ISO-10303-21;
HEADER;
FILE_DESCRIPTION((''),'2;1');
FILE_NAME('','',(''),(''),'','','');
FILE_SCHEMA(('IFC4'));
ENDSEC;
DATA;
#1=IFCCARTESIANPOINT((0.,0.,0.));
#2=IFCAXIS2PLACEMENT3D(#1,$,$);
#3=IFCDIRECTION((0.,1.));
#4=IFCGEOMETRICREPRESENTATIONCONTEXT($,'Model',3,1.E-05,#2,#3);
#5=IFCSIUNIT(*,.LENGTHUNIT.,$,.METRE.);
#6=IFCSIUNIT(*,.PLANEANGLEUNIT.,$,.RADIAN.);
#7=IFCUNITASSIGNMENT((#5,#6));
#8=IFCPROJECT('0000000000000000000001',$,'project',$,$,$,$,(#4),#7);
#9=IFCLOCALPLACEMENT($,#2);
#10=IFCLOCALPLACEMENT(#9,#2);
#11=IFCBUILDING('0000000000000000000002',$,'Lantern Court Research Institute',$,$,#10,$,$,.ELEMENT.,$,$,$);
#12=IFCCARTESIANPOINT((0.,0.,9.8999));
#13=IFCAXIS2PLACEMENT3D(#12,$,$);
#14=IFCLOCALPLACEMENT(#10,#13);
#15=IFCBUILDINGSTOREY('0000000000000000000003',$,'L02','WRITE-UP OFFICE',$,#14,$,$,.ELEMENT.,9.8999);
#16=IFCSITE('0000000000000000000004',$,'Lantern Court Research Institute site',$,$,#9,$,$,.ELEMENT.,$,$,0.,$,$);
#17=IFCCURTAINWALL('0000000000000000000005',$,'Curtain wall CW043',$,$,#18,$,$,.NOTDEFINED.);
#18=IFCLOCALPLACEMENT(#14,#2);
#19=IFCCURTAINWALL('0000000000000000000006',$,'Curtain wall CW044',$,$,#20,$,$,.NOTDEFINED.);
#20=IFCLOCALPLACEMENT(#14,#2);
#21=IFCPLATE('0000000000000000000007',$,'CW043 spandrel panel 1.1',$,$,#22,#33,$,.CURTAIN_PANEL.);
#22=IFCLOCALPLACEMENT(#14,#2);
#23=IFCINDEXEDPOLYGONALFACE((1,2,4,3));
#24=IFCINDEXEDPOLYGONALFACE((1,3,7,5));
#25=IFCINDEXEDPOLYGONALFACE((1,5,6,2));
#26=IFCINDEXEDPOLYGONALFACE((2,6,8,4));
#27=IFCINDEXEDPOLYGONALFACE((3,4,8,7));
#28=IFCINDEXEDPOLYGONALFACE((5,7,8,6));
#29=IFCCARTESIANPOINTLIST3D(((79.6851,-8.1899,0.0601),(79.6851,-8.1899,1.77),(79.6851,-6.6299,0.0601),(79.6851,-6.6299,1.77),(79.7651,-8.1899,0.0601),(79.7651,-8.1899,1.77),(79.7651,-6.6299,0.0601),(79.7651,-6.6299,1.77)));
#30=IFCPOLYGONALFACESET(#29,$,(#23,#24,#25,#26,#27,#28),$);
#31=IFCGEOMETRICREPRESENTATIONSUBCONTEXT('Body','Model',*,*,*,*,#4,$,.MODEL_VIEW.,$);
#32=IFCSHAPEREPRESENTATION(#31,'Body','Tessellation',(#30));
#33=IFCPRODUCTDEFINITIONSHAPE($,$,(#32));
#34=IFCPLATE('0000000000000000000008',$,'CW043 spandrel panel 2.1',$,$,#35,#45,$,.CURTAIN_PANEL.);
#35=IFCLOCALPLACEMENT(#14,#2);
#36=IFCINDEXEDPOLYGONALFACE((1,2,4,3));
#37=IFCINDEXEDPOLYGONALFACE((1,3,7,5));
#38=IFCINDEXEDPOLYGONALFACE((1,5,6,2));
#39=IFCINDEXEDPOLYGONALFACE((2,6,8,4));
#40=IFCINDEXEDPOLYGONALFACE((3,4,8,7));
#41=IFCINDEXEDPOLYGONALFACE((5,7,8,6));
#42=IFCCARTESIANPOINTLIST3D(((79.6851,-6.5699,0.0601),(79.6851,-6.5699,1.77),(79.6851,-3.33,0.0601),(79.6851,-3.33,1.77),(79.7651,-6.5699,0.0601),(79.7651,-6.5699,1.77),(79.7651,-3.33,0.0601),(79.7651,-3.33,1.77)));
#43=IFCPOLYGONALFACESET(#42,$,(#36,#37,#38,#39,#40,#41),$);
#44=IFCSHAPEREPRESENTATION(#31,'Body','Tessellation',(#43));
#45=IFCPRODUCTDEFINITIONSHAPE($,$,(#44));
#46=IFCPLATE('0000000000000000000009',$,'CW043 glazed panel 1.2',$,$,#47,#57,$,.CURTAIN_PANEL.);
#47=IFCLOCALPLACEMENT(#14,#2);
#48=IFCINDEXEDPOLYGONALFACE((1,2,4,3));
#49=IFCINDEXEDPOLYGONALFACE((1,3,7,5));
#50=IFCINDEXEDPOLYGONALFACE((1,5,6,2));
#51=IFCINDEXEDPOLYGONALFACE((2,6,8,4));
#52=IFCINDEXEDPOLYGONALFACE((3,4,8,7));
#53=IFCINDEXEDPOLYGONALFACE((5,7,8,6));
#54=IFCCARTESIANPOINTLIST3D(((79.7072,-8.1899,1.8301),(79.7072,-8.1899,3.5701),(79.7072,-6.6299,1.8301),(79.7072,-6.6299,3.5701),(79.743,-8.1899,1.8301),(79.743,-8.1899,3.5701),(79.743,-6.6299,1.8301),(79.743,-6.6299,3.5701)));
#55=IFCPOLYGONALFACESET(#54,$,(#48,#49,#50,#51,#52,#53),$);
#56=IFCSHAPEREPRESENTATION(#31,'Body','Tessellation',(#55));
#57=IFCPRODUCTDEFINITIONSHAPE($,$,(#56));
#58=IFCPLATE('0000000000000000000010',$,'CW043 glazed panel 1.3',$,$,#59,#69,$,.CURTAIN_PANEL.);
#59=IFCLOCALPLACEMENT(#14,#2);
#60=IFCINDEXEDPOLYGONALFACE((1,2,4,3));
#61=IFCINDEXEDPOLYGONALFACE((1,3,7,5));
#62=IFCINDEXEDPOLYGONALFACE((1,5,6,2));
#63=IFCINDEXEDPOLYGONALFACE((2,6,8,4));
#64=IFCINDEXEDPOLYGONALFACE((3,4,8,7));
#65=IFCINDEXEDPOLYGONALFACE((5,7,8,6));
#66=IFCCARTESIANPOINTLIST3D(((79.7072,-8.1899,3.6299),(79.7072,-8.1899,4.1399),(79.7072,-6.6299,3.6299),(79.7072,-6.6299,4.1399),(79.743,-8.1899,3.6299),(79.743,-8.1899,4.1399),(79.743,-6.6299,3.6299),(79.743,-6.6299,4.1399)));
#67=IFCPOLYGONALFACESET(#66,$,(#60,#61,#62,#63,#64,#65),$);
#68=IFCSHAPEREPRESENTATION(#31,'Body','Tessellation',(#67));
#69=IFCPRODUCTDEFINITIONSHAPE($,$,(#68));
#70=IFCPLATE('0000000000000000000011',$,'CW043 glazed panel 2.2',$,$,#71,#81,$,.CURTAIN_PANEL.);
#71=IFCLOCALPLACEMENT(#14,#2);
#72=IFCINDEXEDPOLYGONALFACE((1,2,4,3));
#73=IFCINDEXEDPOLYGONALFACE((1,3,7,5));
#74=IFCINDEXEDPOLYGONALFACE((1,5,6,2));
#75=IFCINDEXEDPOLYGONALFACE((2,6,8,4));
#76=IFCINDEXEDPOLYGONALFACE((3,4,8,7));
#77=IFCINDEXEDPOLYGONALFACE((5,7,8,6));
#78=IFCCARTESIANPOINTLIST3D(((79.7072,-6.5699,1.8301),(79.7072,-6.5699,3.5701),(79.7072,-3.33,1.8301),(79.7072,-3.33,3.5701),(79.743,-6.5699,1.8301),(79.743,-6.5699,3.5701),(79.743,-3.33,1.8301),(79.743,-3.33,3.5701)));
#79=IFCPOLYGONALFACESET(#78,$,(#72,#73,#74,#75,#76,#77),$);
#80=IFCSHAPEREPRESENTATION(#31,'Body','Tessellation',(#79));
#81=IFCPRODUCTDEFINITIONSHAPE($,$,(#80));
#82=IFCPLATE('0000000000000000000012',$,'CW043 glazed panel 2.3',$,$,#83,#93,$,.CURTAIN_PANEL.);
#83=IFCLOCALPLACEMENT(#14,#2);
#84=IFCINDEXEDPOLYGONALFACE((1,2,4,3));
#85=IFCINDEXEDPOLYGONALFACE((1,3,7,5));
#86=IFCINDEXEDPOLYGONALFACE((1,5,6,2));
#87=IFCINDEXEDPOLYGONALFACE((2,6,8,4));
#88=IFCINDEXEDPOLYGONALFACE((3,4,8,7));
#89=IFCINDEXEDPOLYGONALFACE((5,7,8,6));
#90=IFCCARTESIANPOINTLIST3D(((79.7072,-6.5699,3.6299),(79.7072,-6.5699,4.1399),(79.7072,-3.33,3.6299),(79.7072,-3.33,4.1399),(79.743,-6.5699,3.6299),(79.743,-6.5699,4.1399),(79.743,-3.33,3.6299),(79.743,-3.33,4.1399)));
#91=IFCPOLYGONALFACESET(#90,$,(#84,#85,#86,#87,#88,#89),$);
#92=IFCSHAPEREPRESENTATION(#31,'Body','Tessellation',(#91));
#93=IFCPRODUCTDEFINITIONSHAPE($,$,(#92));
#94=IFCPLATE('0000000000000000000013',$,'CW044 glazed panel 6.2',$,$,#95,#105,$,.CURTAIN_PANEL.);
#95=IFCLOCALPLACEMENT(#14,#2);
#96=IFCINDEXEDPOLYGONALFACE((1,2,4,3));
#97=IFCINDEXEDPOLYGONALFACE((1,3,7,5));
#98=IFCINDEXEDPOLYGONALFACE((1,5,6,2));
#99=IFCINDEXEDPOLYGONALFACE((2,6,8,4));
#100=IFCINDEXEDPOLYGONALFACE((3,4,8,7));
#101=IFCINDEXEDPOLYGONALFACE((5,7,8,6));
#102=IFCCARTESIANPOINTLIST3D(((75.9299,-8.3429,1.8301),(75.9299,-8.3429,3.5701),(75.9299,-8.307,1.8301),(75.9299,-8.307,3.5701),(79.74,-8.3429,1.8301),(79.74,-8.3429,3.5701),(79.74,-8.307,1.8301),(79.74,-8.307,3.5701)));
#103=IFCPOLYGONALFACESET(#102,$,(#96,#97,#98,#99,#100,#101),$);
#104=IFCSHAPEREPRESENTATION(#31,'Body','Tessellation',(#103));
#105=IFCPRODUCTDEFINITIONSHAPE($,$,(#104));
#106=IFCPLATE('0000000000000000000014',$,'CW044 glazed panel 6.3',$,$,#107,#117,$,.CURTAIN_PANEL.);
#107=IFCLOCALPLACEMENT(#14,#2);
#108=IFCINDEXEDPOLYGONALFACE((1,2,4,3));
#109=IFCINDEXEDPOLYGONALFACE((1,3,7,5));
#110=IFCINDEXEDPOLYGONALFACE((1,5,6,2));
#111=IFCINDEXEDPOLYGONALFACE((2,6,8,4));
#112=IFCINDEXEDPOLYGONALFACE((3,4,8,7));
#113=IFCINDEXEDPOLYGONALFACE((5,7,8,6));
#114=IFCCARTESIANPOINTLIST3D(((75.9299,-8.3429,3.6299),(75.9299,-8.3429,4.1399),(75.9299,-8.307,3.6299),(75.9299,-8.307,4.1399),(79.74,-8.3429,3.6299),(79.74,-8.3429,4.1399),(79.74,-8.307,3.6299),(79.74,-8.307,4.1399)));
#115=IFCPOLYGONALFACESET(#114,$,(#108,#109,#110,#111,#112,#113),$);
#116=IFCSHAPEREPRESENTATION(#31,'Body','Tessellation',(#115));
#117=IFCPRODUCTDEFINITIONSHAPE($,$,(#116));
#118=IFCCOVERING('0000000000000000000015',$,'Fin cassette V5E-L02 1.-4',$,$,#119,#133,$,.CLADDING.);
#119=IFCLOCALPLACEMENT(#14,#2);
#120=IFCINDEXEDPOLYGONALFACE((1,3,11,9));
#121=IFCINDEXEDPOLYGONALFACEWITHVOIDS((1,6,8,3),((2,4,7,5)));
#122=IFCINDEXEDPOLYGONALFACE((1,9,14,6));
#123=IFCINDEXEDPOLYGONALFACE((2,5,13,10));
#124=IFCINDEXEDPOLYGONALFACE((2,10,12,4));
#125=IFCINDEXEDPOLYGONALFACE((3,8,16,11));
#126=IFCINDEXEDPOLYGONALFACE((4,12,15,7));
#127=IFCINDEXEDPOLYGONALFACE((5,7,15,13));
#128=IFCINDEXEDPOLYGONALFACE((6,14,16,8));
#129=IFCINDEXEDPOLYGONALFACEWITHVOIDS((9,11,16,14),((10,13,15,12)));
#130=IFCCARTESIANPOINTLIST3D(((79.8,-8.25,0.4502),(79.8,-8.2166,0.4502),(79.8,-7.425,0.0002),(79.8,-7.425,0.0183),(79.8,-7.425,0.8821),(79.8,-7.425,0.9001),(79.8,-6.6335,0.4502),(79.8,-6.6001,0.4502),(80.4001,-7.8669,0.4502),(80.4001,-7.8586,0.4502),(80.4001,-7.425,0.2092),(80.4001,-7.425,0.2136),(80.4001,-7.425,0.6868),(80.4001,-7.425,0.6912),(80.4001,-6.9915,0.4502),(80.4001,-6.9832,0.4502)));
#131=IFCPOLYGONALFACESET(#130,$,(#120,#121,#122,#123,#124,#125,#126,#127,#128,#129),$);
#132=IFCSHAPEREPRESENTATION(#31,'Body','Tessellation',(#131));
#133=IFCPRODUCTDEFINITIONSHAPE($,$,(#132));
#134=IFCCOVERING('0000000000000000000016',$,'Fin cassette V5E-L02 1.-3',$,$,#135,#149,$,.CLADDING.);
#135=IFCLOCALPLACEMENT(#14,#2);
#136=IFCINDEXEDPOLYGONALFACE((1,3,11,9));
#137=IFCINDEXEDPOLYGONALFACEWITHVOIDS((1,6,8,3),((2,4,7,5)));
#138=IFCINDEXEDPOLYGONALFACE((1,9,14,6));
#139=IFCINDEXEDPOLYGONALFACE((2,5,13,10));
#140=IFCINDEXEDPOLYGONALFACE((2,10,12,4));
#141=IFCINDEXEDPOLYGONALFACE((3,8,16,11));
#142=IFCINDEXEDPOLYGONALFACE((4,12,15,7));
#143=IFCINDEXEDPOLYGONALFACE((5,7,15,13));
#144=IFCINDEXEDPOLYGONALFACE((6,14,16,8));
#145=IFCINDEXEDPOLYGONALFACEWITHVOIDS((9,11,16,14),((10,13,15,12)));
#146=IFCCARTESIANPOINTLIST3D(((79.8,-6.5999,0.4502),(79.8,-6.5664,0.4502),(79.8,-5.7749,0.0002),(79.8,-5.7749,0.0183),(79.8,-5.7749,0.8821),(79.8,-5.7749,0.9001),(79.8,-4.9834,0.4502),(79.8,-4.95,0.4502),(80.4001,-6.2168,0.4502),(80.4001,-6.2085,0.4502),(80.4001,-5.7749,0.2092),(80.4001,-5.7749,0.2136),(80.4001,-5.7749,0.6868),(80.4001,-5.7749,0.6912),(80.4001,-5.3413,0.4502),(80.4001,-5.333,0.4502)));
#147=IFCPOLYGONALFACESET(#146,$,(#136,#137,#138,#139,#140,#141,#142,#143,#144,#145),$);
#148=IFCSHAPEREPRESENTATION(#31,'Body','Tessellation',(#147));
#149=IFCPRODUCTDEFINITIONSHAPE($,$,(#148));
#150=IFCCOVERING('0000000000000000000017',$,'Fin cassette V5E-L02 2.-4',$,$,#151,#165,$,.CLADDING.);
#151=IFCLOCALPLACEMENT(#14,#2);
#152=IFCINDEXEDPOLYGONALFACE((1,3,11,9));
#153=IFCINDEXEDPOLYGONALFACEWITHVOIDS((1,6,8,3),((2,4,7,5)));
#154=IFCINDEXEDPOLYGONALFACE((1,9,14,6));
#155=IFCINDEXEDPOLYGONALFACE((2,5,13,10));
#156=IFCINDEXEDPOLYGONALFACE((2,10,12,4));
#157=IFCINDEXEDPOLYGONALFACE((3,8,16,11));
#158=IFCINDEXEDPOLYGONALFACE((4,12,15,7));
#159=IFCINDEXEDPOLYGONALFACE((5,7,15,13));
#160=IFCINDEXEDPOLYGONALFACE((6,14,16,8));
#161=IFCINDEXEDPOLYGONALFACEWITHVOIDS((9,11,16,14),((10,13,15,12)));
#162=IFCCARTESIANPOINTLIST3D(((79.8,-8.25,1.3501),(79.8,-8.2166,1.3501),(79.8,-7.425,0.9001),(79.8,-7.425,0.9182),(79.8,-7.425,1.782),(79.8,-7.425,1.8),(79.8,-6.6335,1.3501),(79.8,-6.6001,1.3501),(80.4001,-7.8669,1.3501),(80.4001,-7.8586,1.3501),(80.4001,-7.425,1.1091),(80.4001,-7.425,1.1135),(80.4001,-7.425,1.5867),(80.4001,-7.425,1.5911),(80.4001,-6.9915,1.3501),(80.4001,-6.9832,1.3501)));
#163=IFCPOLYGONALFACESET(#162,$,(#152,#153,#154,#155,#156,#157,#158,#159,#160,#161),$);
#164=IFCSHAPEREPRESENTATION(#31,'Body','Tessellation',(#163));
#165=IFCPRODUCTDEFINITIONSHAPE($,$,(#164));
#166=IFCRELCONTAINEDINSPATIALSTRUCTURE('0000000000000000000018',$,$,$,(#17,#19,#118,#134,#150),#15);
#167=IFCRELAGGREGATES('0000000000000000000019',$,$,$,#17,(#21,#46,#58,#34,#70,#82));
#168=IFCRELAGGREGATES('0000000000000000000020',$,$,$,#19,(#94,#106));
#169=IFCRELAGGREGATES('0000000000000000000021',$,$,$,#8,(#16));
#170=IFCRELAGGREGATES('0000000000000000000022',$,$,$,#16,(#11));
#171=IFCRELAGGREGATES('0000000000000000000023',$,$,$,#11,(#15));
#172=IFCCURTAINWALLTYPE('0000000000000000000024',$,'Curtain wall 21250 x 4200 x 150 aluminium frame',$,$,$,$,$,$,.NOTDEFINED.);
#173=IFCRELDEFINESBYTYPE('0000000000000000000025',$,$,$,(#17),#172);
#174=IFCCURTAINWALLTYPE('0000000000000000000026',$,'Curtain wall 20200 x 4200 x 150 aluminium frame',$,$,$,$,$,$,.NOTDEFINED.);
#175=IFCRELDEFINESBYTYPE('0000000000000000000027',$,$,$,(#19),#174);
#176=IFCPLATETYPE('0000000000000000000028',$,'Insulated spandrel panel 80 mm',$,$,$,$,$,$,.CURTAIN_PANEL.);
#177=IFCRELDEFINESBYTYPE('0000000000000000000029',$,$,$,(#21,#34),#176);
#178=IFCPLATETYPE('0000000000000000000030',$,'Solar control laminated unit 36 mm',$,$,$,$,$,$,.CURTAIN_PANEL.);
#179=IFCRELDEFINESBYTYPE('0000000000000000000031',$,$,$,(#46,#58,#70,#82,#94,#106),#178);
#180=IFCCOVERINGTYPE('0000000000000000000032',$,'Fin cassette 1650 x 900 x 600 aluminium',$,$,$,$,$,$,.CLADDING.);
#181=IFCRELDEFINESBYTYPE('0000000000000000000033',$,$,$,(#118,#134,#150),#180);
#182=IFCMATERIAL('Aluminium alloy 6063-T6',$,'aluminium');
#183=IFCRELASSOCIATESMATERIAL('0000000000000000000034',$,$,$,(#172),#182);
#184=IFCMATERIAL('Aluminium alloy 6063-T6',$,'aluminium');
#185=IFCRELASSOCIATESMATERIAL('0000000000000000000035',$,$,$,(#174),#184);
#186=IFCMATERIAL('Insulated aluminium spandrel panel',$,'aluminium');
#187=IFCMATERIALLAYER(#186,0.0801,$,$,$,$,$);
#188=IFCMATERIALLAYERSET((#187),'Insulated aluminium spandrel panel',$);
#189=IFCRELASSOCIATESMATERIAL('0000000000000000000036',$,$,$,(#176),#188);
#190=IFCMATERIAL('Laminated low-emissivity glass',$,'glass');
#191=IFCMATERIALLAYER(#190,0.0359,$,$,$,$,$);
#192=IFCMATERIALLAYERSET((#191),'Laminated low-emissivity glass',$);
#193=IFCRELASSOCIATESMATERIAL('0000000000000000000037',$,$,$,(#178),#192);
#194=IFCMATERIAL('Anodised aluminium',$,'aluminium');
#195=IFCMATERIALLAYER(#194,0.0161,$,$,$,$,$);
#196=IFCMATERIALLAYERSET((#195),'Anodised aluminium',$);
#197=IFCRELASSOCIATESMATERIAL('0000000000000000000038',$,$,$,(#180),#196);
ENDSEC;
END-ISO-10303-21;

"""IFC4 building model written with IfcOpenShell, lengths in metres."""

from ifc_helpers import new_model, entity, si_unit, direction, frame, origin, origin_2d, place, context, subcontext, project, spatial, rectangle, extrude, material, layer, layer_set, type_object, element, aggregate, save


model = new_model("IFC4")

# Units and contexts
model_context = context("Model", 3, precision=1e-05, world=origin(), true_north=direction((0.0, 1.0)))
body_context = subcontext(model_context, "Body", "Model", "MODEL_VIEW")
ifc_project = project(units=[si_unit("LENGTHUNIT", "METRE"), si_unit("PLANEANGLEUNIT", "RADIAN")], contexts=[model_context])

# Site, building, storey
site_placement = place(None, origin())
site = spatial("IfcSite", under=ifc_project, at=site_placement, Name="Lantern Court Research Institute site", CompositionType="ELEMENT", RefElevation=0.0)
building_placement = place(site_placement, origin())
building = spatial("IfcBuilding", under=site, at=building_placement, Name="Lantern Court Research Institute", CompositionType="ELEMENT")
storey_placement = place(building_placement, frame((0.0, 0.0, 9.8999)))
storey = spatial("IfcBuildingStorey", under=building, at=storey_placement, Name="L02", Description="WRITE-UP OFFICE", CompositionType="ELEMENT", Elevation=9.8999)

# Curtain wall
ifc_material_1 = material(Name="Aluminium alloy 6063-T6", Category="aluminium")
curtain_wall_type_1 = type_object("IfcCurtainWallType", Name="Curtain wall 21250 x 4200 x 150 aluminium frame", PredefinedType="NOTDEFINED", material=ifc_material_1)
curtain_wall_1_placement = place(storey_placement, origin())
curtain_wall_1 = element("IfcCurtainWall", 1, at=curtain_wall_1_placement, inside=storey, type_object=curtain_wall_type_1, Name="Curtain wall CW043", PredefinedType="NOTDEFINED")

# Curtain wall
ifc_material_2 = material(Name="Aluminium alloy 6063-T6", Category="aluminium")
curtain_wall_type_2 = type_object("IfcCurtainWallType", Name="Curtain wall 20200 x 4200 x 150 aluminium frame", PredefinedType="NOTDEFINED", material=ifc_material_2)
curtain_wall_2_placement = place(storey_placement, origin())
curtain_wall_2 = element("IfcCurtainWall", 2, at=curtain_wall_2_placement, inside=storey, type_object=curtain_wall_type_2, Name="Curtain wall CW044", PredefinedType="NOTDEFINED")

# Plates
ifc_material_3 = material(Name="Insulated aluminium spandrel panel", Category="aluminium")
ifc_layer_1 = layer(ifc_material_3, 0.0801)
ifc_layer_set_1 = layer_set([ifc_layer_1], Name="Insulated aluminium spandrel panel")
plate_type_1 = type_object("IfcPlateType", Name="Insulated spandrel panel 80 mm", PredefinedType="CURTAIN_PANEL", material=ifc_layer_set_1)
plate_1_placement = place(storey_placement, frame((79.7251, -7.4099, 0.0601), z_axis=(0.0, 0.0, 1.0), x_axis=(0.0, -1.0, 0.0)))
plate_1 = element("IfcPlate", 3, at=plate_1_placement, type_object=plate_type_1, Name="CW043 spandrel panel 1.1", PredefinedType="CURTAIN_PANEL", context=body_context, shape_type="SweptSolid", body=[
    extrude(rectangle(XDim=1.5601, YDim=0.0801, at=origin_2d()), origin(), (0.0, 0.0, 1.0), 1.71),
])
plate_2_placement = place(storey_placement, frame((79.7251, -4.95, 0.0601), z_axis=(0.0, 0.0, 1.0), x_axis=(0.0, -1.0, 0.0)))
plate_2 = element("IfcPlate", 4, at=plate_2_placement, type_object=plate_type_1, Name="CW043 spandrel panel 2.1", PredefinedType="CURTAIN_PANEL", context=body_context, shape_type="SweptSolid", body=[
    extrude(rectangle(XDim=3.24, YDim=0.0801, at=origin_2d()), origin(), (0.0, 0.0, 1.0), 1.71),
])
ifc_material_4 = material(Name="Laminated low-emissivity glass", Category="glass")
ifc_layer_2 = layer(ifc_material_4, 0.0359)
ifc_layer_set_2 = layer_set([ifc_layer_2], Name="Laminated low-emissivity glass")
plate_type_2 = type_object("IfcPlateType", Name="Solar control laminated unit 36 mm", PredefinedType="CURTAIN_PANEL", material=ifc_layer_set_2)
plate_3_placement = place(storey_placement, frame((79.7251, -7.4099, 1.8301), z_axis=(0.0, 0.0, 1.0), x_axis=(0.0, -1.0, 0.0)))
plate_3 = element("IfcPlate", 5, at=plate_3_placement, type_object=plate_type_2, Name="CW043 glazed panel 1.2", PredefinedType="CURTAIN_PANEL", context=body_context, shape_type="SweptSolid", body=[
    extrude(rectangle(XDim=1.5601, YDim=0.0359, at=origin_2d()), origin(), (0.0, 0.0, 1.0), 1.74),
])
plate_4_placement = place(storey_placement, frame((79.7251, -7.4099, 3.6299), z_axis=(0.0, 0.0, 1.0), x_axis=(0.0, -1.0, 0.0)))
plate_4 = element("IfcPlate", 6, at=plate_4_placement, type_object=plate_type_2, Name="CW043 glazed panel 1.3", PredefinedType="CURTAIN_PANEL", context=body_context, shape_type="SweptSolid", body=[
    extrude(rectangle(XDim=1.5601, YDim=0.0359, at=origin_2d()), origin(), (0.0, 0.0, 1.0), 0.51),
])
plate_5_placement = place(storey_placement, frame((79.7251, -4.95, 1.8301), z_axis=(0.0, 0.0, 1.0), x_axis=(0.0, -1.0, 0.0)))
plate_5 = element("IfcPlate", 7, at=plate_5_placement, type_object=plate_type_2, Name="CW043 glazed panel 2.2", PredefinedType="CURTAIN_PANEL", context=body_context, shape_type="SweptSolid", body=[
    extrude(rectangle(XDim=3.24, YDim=0.0359, at=origin_2d()), origin(), (0.0, 0.0, 1.0), 1.74),
])
plate_6_placement = place(storey_placement, frame((79.7251, -4.95, 3.6299), z_axis=(0.0, 0.0, 1.0), x_axis=(0.0, -1.0, 0.0)))
plate_6 = element("IfcPlate", 8, at=plate_6_placement, type_object=plate_type_2, Name="CW043 glazed panel 2.3", PredefinedType="CURTAIN_PANEL", context=body_context, shape_type="SweptSolid", body=[
    extrude(rectangle(XDim=3.24, YDim=0.0359, at=origin_2d()), origin(), (0.0, 0.0, 1.0), 0.51),
])
aggregate(curtain_wall_1, [plate_1, plate_3, plate_4, plate_2, plate_5, plate_6])
plate_7_placement = place(storey_placement, frame((77.835, -8.325, 1.8301), z_axis=(0.0, 0.0, 1.0), x_axis=(-1.0, 0.0, 0.0)))
plate_7 = element("IfcPlate", 9, at=plate_7_placement, type_object=plate_type_2, Name="CW044 glazed panel 6.2", PredefinedType="CURTAIN_PANEL", context=body_context, shape_type="SweptSolid", body=[
    extrude(rectangle(XDim=3.8101, YDim=0.0359, at=origin_2d()), origin(), (0.0, 0.0, 1.0), 1.74),
])
plate_8_placement = place(storey_placement, frame((77.835, -8.325, 3.6299), z_axis=(0.0, 0.0, 1.0), x_axis=(-1.0, 0.0, 0.0)))
plate_8 = element("IfcPlate", 10, at=plate_8_placement, type_object=plate_type_2, Name="CW044 glazed panel 6.3", PredefinedType="CURTAIN_PANEL", context=body_context, shape_type="SweptSolid", body=[
    extrude(rectangle(XDim=3.8101, YDim=0.0359, at=origin_2d()), origin(), (0.0, 0.0, 1.0), 0.51),
])
aggregate(curtain_wall_2, [plate_7, plate_8])

# Coverings
ifc_material_5 = material(Name="Anodised aluminium", Category="aluminium")
ifc_layer_3 = layer(ifc_material_5, 0.0161)
ifc_layer_set_3 = layer_set([ifc_layer_3], Name="Anodised aluminium")
covering_type = type_object("IfcCoveringType", Name="Fin cassette 1650 x 900 x 600 aluminium", PredefinedType="CLADDING", material=ifc_layer_set_3)
covering_1_placement = place(storey_placement, frame((79.8, -7.425, 0.4502), z_axis=(1.0, 0.0, 0.0), x_axis=(0.0, 1.0, 0.0)))
cartesian_point_1 = entity("IfcCartesianPoint", [0.825, 0.0])
cartesian_point_2 = entity("IfcCartesianPoint", [0.7915, 0.0])
cartesian_point_3 = entity("IfcCartesianPoint", [0.4419, 0.0])
cartesian_point_4 = entity("IfcCartesianPoint", [0.4336, 0.0])
element("IfcCovering", 11, at=covering_1_placement, inside=storey, type_object=covering_type, Name="Fin cassette V5E-L02 1.-4", PredefinedType="CLADDING", context=body_context, shape_type="SweptSolid", body=[
    entity("IfcExtrudedAreaSolidTapered", entity("IfcArbitraryProfileDefWithVoids", "AREA", None, entity("IfcPolyline", [cartesian_point_1, entity("IfcCartesianPoint", [0.0, 0.45]), entity("IfcCartesianPoint", [-0.825, 0.0]), entity("IfcCartesianPoint", [0.0, -0.45]), cartesian_point_1]), [entity("IfcPolyline", [cartesian_point_2, entity("IfcCartesianPoint", [0.0, 0.4319]), entity("IfcCartesianPoint", [-0.7915, 0.0]), entity("IfcCartesianPoint", [0.0, -0.4319]), cartesian_point_2])]), entity("IfcAxis2Placement3D", entity("IfcCartesianPoint", [0.0, 0.0, 0.0])), entity("IfcDirection", [0.0, 0.0, 1.0]), 0.6001, entity("IfcArbitraryProfileDefWithVoids", "AREA", None, entity("IfcPolyline", [cartesian_point_3, entity("IfcCartesianPoint", [0.0, 0.241]), entity("IfcCartesianPoint", [-0.4419, 0.0]), entity("IfcCartesianPoint", [0.0, -0.241]), cartesian_point_3]), [entity("IfcPolyline", [cartesian_point_4, entity("IfcCartesianPoint", [0.0, 0.2366]), entity("IfcCartesianPoint", [-0.4336, 0.0]), entity("IfcCartesianPoint", [0.0, -0.2366]), cartesian_point_4])])),
])
covering_2_placement = place(storey_placement, frame((79.8, -5.7749, 0.4502), z_axis=(1.0, 0.0, 0.0), x_axis=(0.0, 1.0, 0.0)))
cartesian_point_5 = entity("IfcCartesianPoint", [0.825, 0.0])
cartesian_point_6 = entity("IfcCartesianPoint", [0.7915, 0.0])
cartesian_point_7 = entity("IfcCartesianPoint", [0.4419, 0.0])
cartesian_point_8 = entity("IfcCartesianPoint", [0.4336, 0.0])
element("IfcCovering", 12, at=covering_2_placement, inside=storey, type_object=covering_type, Name="Fin cassette V5E-L02 1.-3", PredefinedType="CLADDING", context=body_context, shape_type="SweptSolid", body=[
    entity("IfcExtrudedAreaSolidTapered", entity("IfcArbitraryProfileDefWithVoids", "AREA", None, entity("IfcPolyline", [cartesian_point_5, entity("IfcCartesianPoint", [0.0, 0.45]), entity("IfcCartesianPoint", [-0.825, 0.0]), entity("IfcCartesianPoint", [0.0, -0.45]), cartesian_point_5]), [entity("IfcPolyline", [cartesian_point_6, entity("IfcCartesianPoint", [0.0, 0.4319]), entity("IfcCartesianPoint", [-0.7915, 0.0]), entity("IfcCartesianPoint", [0.0, -0.4319]), cartesian_point_6])]), entity("IfcAxis2Placement3D", entity("IfcCartesianPoint", [0.0, 0.0, 0.0])), entity("IfcDirection", [0.0, 0.0, 1.0]), 0.6001, entity("IfcArbitraryProfileDefWithVoids", "AREA", None, entity("IfcPolyline", [cartesian_point_7, entity("IfcCartesianPoint", [0.0, 0.241]), entity("IfcCartesianPoint", [-0.4419, 0.0]), entity("IfcCartesianPoint", [0.0, -0.241]), cartesian_point_7]), [entity("IfcPolyline", [cartesian_point_8, entity("IfcCartesianPoint", [0.0, 0.2366]), entity("IfcCartesianPoint", [-0.4336, 0.0]), entity("IfcCartesianPoint", [0.0, -0.2366]), cartesian_point_8])])),
])
covering_3_placement = place(storey_placement, frame((79.8, -7.425, 1.3501), z_axis=(1.0, 0.0, 0.0), x_axis=(0.0, 1.0, 0.0)))
cartesian_point_9 = entity("IfcCartesianPoint", [0.825, 0.0])
cartesian_point_10 = entity("IfcCartesianPoint", [0.7915, 0.0])
cartesian_point_11 = entity("IfcCartesianPoint", [0.4419, 0.0])
cartesian_point_12 = entity("IfcCartesianPoint", [0.4336, 0.0])
element("IfcCovering", 13, at=covering_3_placement, inside=storey, type_object=covering_type, Name="Fin cassette V5E-L02 2.-4", PredefinedType="CLADDING", context=body_context, shape_type="SweptSolid", body=[
    entity("IfcExtrudedAreaSolidTapered", entity("IfcArbitraryProfileDefWithVoids", "AREA", None, entity("IfcPolyline", [cartesian_point_9, entity("IfcCartesianPoint", [0.0, 0.45]), entity("IfcCartesianPoint", [-0.825, 0.0]), entity("IfcCartesianPoint", [0.0, -0.45]), cartesian_point_9]), [entity("IfcPolyline", [cartesian_point_10, entity("IfcCartesianPoint", [0.0, 0.4319]), entity("IfcCartesianPoint", [-0.7915, 0.0]), entity("IfcCartesianPoint", [0.0, -0.4319]), cartesian_point_10])]), entity("IfcAxis2Placement3D", entity("IfcCartesianPoint", [0.0, 0.0, 0.0])), entity("IfcDirection", [0.0, 0.0, 1.0]), 0.6001, entity("IfcArbitraryProfileDefWithVoids", "AREA", None, entity("IfcPolyline", [cartesian_point_11, entity("IfcCartesianPoint", [0.0, 0.241]), entity("IfcCartesianPoint", [-0.4419, 0.0]), entity("IfcCartesianPoint", [0.0, -0.241]), cartesian_point_11]), [entity("IfcPolyline", [cartesian_point_12, entity("IfcCartesianPoint", [0.0, 0.2366]), entity("IfcCartesianPoint", [-0.4336, 0.0]), entity("IfcCartesianPoint", [0.0, -0.2366]), cartesian_point_12])])),
])

save(model, "model.ifc")
